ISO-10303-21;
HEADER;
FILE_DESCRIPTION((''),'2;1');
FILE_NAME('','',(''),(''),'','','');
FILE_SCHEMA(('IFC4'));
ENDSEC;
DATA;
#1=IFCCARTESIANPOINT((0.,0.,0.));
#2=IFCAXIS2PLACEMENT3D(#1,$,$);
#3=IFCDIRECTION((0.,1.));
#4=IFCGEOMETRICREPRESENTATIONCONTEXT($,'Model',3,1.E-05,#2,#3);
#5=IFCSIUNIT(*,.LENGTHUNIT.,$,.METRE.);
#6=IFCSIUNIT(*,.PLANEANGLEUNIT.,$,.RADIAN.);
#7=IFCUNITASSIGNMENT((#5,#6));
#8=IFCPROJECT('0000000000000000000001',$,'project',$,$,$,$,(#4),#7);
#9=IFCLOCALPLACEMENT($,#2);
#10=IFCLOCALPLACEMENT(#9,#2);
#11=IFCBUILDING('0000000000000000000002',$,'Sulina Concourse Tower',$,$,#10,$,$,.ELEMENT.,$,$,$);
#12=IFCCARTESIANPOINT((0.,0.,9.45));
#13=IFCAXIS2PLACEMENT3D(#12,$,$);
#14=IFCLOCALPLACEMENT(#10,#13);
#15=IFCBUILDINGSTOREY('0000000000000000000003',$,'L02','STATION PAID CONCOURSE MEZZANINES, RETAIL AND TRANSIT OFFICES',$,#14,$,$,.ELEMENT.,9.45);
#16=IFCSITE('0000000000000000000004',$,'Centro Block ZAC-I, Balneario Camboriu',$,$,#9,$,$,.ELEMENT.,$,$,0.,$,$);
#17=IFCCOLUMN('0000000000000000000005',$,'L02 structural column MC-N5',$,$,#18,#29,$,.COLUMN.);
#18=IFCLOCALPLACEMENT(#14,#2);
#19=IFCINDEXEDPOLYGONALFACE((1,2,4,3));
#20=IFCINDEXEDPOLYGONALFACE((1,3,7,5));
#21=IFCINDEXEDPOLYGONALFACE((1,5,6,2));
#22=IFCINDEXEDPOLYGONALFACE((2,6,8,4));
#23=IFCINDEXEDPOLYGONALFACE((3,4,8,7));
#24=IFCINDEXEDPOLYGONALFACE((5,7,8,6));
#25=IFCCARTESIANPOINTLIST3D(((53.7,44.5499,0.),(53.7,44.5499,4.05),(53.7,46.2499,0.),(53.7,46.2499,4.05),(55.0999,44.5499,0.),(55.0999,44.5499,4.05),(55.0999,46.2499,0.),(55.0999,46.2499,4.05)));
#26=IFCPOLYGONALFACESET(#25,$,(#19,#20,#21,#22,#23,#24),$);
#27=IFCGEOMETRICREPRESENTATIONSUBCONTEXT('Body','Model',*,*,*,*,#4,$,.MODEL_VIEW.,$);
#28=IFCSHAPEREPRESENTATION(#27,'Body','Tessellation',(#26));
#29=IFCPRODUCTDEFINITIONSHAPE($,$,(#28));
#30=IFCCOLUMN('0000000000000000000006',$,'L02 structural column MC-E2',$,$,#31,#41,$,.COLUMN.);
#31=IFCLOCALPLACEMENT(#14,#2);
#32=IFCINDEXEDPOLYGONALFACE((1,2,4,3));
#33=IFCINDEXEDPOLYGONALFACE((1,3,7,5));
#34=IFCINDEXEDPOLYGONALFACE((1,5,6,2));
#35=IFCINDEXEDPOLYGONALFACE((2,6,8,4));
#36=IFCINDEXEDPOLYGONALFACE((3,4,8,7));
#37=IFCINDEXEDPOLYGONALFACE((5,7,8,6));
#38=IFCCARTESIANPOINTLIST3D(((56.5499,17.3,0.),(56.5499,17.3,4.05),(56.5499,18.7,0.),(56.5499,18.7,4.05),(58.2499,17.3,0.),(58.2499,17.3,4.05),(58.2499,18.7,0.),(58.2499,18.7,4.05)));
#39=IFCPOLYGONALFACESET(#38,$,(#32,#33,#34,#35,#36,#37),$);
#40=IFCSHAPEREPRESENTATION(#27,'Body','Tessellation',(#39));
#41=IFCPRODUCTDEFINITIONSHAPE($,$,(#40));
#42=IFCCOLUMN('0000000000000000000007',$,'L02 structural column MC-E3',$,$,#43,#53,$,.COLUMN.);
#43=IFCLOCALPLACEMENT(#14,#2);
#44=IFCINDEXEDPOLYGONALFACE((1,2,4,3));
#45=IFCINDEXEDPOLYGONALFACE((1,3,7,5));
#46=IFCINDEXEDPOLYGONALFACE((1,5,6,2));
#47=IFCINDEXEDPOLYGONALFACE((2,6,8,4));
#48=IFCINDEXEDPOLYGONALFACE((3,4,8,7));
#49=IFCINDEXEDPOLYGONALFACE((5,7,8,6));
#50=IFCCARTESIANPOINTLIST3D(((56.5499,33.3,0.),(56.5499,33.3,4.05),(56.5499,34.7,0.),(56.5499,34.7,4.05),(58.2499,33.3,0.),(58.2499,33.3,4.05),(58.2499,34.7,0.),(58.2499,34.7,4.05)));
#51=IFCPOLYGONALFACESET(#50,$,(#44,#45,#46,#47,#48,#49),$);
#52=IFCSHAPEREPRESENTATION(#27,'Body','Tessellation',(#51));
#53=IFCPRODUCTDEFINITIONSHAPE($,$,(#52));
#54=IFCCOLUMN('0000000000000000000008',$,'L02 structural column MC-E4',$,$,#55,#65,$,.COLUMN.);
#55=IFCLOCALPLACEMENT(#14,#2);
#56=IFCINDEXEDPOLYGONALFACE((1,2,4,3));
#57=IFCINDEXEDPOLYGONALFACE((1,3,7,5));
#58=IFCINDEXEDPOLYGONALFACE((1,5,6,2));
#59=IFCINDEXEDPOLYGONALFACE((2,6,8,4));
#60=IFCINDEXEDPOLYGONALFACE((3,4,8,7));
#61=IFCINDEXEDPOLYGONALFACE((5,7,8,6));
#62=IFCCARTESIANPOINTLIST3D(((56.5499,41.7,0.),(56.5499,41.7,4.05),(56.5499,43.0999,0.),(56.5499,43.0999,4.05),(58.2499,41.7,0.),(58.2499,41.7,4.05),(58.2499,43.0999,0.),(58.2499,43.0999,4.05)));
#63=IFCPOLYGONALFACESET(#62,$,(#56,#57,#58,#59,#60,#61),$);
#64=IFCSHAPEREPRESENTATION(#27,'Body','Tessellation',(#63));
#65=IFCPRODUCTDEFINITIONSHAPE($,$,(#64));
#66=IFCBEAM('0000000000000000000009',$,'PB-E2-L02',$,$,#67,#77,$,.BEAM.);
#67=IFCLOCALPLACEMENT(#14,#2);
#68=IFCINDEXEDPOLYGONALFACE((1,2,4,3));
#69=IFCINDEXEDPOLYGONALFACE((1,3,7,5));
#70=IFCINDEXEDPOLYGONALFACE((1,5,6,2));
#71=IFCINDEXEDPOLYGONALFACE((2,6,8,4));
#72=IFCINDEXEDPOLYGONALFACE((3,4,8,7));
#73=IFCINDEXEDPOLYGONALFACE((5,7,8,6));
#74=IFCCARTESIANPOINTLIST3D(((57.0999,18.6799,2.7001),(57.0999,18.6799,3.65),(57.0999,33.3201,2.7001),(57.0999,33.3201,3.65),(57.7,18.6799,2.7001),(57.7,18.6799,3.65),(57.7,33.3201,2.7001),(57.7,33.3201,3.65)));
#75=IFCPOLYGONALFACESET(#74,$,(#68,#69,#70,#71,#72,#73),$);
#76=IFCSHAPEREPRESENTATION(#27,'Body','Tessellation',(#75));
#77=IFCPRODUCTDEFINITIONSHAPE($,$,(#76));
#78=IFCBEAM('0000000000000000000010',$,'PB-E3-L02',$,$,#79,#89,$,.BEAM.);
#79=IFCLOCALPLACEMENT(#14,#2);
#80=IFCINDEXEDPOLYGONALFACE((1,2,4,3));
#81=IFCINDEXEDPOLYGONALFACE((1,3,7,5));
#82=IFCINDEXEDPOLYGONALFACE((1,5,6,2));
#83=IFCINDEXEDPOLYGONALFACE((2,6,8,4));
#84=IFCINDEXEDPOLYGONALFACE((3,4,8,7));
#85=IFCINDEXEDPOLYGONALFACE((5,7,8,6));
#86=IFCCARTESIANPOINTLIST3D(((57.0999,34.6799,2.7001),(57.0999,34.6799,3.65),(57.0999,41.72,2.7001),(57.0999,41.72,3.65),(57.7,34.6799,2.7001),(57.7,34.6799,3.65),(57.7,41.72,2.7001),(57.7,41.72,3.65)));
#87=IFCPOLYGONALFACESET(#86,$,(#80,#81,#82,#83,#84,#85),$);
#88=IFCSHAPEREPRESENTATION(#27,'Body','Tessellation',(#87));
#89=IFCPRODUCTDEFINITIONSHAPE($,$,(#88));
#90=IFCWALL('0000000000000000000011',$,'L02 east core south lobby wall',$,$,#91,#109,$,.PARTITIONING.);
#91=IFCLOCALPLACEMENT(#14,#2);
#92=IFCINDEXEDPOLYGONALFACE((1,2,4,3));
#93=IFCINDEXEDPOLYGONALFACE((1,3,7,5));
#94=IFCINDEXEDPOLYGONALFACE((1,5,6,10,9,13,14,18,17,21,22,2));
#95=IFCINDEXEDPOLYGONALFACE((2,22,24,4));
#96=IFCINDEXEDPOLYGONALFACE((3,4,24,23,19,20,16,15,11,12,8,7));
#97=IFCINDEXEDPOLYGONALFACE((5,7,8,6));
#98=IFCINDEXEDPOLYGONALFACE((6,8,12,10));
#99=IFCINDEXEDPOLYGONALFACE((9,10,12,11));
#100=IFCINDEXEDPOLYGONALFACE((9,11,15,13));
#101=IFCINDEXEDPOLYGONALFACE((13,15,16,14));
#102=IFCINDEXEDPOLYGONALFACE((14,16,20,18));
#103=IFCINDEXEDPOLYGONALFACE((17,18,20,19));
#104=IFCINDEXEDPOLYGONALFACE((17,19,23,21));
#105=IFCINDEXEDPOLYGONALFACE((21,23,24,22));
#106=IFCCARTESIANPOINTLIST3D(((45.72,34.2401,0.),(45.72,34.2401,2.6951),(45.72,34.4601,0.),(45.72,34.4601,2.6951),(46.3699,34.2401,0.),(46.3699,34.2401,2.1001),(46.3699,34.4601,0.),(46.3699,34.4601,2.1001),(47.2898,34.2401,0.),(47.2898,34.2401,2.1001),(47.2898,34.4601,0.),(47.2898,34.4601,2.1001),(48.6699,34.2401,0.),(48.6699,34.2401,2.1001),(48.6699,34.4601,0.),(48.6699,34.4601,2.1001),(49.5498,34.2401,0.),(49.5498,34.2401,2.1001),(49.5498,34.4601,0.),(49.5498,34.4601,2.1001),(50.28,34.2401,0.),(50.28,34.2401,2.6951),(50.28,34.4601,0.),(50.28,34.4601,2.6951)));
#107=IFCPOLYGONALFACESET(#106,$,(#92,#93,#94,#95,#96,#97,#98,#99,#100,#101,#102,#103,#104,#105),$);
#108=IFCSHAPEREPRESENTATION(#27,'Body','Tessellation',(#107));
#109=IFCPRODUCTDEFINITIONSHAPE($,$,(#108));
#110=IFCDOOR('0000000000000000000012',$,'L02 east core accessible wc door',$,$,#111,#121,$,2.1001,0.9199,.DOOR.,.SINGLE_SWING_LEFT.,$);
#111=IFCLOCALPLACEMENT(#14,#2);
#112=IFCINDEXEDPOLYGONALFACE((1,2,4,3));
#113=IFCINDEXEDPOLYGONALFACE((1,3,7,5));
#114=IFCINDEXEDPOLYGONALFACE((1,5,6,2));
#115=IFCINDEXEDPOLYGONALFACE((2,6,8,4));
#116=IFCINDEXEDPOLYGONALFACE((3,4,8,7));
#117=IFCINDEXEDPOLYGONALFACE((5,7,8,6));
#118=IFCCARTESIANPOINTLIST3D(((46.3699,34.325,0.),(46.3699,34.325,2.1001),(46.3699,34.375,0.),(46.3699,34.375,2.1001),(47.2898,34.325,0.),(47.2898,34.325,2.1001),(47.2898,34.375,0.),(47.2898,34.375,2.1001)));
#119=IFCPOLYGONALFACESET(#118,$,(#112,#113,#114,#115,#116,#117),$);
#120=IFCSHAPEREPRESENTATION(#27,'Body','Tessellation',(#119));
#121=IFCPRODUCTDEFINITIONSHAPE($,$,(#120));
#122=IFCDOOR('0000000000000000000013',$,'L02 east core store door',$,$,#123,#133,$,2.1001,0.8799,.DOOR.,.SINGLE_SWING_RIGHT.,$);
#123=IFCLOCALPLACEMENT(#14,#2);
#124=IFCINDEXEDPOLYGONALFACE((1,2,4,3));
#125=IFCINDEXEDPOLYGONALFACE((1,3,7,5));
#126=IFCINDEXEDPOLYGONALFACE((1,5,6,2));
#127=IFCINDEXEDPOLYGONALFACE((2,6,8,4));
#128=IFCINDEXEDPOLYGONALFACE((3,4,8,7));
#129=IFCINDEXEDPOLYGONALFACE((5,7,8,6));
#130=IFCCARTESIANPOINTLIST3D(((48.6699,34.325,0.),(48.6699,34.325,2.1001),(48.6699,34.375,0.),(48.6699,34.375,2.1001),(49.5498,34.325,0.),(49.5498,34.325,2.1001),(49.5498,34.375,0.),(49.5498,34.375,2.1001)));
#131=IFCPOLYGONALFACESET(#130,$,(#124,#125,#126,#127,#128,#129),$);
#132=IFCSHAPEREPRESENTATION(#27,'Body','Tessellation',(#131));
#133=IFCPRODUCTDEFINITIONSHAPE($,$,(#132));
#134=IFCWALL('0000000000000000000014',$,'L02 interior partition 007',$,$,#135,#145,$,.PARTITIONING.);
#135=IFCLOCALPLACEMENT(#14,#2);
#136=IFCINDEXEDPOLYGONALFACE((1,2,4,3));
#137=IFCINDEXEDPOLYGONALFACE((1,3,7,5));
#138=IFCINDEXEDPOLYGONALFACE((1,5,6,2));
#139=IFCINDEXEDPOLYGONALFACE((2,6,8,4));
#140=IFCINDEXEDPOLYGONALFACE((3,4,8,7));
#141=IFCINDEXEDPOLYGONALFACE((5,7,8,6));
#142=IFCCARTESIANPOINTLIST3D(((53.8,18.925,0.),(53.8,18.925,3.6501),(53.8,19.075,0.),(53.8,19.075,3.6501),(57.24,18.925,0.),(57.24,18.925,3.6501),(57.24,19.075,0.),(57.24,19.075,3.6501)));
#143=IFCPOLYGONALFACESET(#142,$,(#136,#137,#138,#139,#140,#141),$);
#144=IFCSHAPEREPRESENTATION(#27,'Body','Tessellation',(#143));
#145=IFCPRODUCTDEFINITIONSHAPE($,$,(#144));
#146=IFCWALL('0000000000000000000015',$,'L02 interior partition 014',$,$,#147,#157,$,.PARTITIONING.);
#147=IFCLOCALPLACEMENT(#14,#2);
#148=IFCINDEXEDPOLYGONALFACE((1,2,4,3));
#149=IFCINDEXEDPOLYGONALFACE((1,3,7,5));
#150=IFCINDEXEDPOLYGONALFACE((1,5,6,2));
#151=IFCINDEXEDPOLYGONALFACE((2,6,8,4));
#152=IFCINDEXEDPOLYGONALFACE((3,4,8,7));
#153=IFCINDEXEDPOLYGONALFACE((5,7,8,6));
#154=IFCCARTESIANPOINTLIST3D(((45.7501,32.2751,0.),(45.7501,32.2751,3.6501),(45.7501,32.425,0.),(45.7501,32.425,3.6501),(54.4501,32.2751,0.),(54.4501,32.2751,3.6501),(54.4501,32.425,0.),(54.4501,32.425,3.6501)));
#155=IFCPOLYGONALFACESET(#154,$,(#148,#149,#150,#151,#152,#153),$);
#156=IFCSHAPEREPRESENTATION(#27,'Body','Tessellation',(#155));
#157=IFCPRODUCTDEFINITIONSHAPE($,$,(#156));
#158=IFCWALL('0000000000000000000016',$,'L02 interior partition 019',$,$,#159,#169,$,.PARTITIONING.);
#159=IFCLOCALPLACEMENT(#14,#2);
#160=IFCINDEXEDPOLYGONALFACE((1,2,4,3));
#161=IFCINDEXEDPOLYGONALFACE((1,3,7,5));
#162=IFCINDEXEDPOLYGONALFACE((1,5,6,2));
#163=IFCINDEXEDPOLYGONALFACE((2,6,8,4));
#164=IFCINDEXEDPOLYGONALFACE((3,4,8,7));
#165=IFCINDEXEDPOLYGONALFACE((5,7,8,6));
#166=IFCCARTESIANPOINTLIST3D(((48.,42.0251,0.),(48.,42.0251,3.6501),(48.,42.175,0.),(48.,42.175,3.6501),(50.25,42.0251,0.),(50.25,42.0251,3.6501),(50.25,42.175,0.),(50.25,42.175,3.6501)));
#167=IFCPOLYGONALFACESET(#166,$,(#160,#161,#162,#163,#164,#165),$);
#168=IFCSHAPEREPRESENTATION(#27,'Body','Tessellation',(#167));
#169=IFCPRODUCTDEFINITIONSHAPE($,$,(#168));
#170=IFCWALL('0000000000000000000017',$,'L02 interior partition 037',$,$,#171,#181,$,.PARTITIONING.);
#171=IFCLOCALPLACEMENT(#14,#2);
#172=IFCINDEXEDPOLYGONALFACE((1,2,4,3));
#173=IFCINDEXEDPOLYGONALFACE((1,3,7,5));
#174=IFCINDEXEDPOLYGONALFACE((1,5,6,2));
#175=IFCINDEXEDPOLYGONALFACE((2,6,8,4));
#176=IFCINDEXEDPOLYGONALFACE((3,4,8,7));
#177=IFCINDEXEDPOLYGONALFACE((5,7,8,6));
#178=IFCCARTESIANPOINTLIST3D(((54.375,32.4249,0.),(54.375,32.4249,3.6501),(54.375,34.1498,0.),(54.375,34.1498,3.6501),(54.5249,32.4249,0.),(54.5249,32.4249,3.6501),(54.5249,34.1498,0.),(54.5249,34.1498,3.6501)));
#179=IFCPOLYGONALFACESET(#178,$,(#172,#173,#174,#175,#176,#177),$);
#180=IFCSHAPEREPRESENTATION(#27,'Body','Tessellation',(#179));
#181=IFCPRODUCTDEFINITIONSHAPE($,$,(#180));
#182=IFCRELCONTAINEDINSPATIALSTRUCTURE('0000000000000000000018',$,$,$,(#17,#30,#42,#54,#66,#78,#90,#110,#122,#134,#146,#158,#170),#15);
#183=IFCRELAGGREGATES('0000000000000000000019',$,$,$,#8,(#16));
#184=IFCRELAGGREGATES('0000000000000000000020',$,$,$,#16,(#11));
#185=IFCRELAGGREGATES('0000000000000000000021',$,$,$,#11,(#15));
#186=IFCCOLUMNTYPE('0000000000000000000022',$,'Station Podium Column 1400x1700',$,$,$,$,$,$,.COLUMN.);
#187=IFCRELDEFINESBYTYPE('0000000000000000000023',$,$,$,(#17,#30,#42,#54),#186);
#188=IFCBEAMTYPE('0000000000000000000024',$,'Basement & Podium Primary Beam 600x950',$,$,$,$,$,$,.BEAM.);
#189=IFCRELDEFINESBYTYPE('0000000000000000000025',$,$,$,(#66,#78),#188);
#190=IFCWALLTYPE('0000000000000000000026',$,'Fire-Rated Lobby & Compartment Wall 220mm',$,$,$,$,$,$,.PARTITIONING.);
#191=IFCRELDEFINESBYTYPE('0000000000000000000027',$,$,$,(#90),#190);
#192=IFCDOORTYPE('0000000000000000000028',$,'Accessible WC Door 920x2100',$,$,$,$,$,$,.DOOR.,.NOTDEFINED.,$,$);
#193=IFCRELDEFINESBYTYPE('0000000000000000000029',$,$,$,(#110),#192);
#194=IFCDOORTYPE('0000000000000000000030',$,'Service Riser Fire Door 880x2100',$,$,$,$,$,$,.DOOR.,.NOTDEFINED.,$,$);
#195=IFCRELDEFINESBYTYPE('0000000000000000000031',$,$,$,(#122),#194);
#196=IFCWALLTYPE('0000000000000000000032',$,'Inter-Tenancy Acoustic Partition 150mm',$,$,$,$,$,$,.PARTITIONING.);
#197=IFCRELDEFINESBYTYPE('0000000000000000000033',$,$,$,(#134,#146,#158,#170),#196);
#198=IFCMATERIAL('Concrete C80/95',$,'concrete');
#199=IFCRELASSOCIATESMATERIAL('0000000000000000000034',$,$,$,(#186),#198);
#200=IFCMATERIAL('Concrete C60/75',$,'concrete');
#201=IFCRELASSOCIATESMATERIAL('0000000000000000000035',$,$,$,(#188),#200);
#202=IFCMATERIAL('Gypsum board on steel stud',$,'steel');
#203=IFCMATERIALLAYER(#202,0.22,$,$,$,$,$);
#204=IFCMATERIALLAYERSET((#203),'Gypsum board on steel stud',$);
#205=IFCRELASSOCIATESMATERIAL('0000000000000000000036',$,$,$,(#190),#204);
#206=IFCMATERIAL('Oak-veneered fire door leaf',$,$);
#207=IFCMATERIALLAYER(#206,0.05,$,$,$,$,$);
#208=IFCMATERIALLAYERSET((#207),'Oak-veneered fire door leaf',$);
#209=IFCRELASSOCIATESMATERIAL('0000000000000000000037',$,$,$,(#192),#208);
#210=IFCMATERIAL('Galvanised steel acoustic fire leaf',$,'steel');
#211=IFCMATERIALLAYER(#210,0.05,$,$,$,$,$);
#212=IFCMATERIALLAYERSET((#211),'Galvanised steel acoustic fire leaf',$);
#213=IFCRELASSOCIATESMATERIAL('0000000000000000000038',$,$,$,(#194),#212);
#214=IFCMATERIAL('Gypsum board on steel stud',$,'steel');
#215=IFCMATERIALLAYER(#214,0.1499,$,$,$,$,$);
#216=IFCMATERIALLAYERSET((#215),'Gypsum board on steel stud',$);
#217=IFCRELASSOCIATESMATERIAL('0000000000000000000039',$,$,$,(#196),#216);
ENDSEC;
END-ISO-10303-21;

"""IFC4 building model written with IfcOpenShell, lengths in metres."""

from ifc_helpers import new_model, si_unit, direction, frame, frame_2d, origin, origin_2d, place, context, subcontext, project, spatial, rectangle, extrude, material, layer, layer_set, material_profile, profile_set, type_object, element, fill, save


model = new_model("IFC4")

# Units and contexts
model_context = context("Model", 3, precision=1e-05, world=origin(), true_north=direction((0.0, 1.0)))
body_context = subcontext(model_context, "Body", "Model", "MODEL_VIEW")
ifc_project = project(units=[si_unit("LENGTHUNIT", "METRE"), si_unit("PLANEANGLEUNIT", "RADIAN")], contexts=[model_context])

# Site, building, storey
site_placement = place(None, origin())
site = spatial("IfcSite", under=ifc_project, at=site_placement, Name="Centro Block ZAC-I, Balneario Camboriu", CompositionType="ELEMENT", RefElevation=0.0)
building_placement = place(site_placement, origin())
building = spatial("IfcBuilding", under=site, at=building_placement, Name="Sulina Concourse Tower", CompositionType="ELEMENT")
storey_placement = place(building_placement, frame((0.0, 0.0, 9.45)))
storey = spatial("IfcBuildingStorey", under=building, at=storey_placement, Name="L02", Description="STATION PAID CONCOURSE MEZZANINES, RETAIL AND TRANSIT OFFICES", CompositionType="ELEMENT", Elevation=9.45)

# Columns
ifc_material_1 = material(Name="Concrete C80/95", Category="concrete")
ifc_material_profile_1 = material_profile(ifc_material_1, rectangle(XDim=1.3999, YDim=1.7, at=origin_2d()), Name="RC 1400x1700")
ifc_profile_set_1 = profile_set([ifc_material_profile_1], Name="Concrete C80/95")
column_type = type_object("IfcColumnType", Name="Station Podium Column 1400x1700", PredefinedType="COLUMN", material=ifc_profile_set_1)
for number, where, z_axis, x_axis, name in (
    (1, (54.3999, 45.3999, 0.0), (0.0, 0.0, 1.0), (1.0, 0.0, 0.0), "L02 structural column MC-N5"),
    (2, (57.3999, 18.0, 0.0), (0.0, 0.0, 1.0), (0.0, 1.0, 0.0), "L02 structural column MC-E2"),
    (3, (57.3999, 34.0, 0.0), (0.0, 0.0, 1.0), (0.0, 1.0, 0.0), "L02 structural column MC-E3"),
    (4, (57.3999, 42.3999, 0.0), (0.0, 0.0, 1.0), (0.0, 1.0, 0.0), "L02 structural column MC-E4"),
):
    element("IfcColumn", number, at=place(storey_placement, frame(where, z_axis=z_axis, x_axis=x_axis)), inside=storey, type_object=column_type, Name=name, PredefinedType="COLUMN", context=body_context, shape_type="SweptSolid", body=[
        extrude(rectangle(XDim=1.3999, YDim=1.7, at=origin_2d()), origin(), (0.0, 0.0, 1.0), 4.05),
    ])

# Beams
ifc_material_2 = material(Name="Concrete C60/75", Category="concrete")
ifc_material_profile_2 = material_profile(ifc_material_2, rectangle(XDim=0.6001, YDim=0.95, at=origin_2d()), Name="RC 600x950")
ifc_profile_set_2 = profile_set([ifc_material_profile_2], Name="Concrete C60/75")
beam_type = type_object("IfcBeamType", Name="Basement & Podium Primary Beam 600x950", PredefinedType="BEAM", material=ifc_profile_set_2)
beam_1_placement = place(storey_placement, frame((57.3999, 18.6799, 3.175), z_axis=(0.0, 1.0, 0.0), x_axis=(-1.0, 0.0, 0.0)))
element("IfcBeam", 5, at=beam_1_placement, inside=storey, type_object=beam_type, Name="PB-E2-L02", PredefinedType="BEAM", context=body_context, shape_type="SweptSolid", body=[
    extrude(rectangle(XDim=0.6001, YDim=0.95, at=origin_2d()), origin(), (0.0, 0.0, 1.0), 14.6401),
])
beam_2_placement = place(storey_placement, frame((57.3999, 34.6799, 3.175), z_axis=(0.0, 1.0, 0.0), x_axis=(-1.0, 0.0, 0.0)))
element("IfcBeam", 6, at=beam_2_placement, inside=storey, type_object=beam_type, Name="PB-E3-L02", PredefinedType="BEAM", context=body_context, shape_type="SweptSolid", body=[
    extrude(rectangle(XDim=0.6001, YDim=0.95, at=origin_2d()), origin(), (0.0, 0.0, 1.0), 7.04),
])

# Wall, openings, doors
ifc_material_3 = material(Name="Gypsum board on steel stud", Category="steel")
ifc_layer_1 = layer(ifc_material_3, 0.22)
ifc_layer_set_1 = layer_set([ifc_layer_1], Name="Gypsum board on steel stud")
wall_type_1 = type_object("IfcWallType", Name="Fire-Rated Lobby & Compartment Wall 220mm", PredefinedType="PARTITIONING", material=ifc_layer_set_1)
wall_1_placement = place(storey_placement, frame((45.72, 34.3501, 0.0), z_axis=(0.0, 0.0, 1.0), x_axis=(1.0, 0.0, 0.0)))
wall_1 = element("IfcWall", 7, at=wall_1_placement, inside=storey, type_object=wall_type_1, Name="L02 east core south lobby wall", PredefinedType="PARTITIONING", context=body_context, shape_type="SweptSolid", body=[
    extrude(rectangle(XDim=4.5601, YDim=0.22, at=frame_2d((2.28, 0.0))), origin(), (0.0, 0.0, 1.0), 2.6951),
])
opening_1_placement = place(wall_1_placement, frame((0.6499, 0.0, 0.0)))
opening_1 = element("IfcOpeningElement", 8, at=opening_1_placement, cuts=wall_1, PredefinedType="OPENING", context=body_context, shape_type="SweptSolid", body=[
    extrude(rectangle(XDim=0.9199, YDim=2.1001, at=frame_2d((0.46, 1.05))), frame((0.0, 0.1199, 0.0), z_axis=(0.0, -1.0, 0.0), x_axis=(1.0, 0.0, 0.0)), (0.0, 0.0, 1.0), 0.24),
])
opening_2_placement = place(wall_1_placement, frame((2.95, 0.0, 0.0)))
opening_2 = element("IfcOpeningElement", 9, at=opening_2_placement, cuts=wall_1, PredefinedType="OPENING", context=body_context, shape_type="SweptSolid", body=[
    extrude(rectangle(XDim=0.8799, YDim=2.1001, at=frame_2d((0.4399, 1.05))), frame((0.0, 0.1199, 0.0), z_axis=(0.0, -1.0, 0.0), x_axis=(1.0, 0.0, 0.0)), (0.0, 0.0, 1.0), 0.24),
])
ifc_material_4 = material(Name="Oak-veneered fire door leaf")
ifc_layer_2 = layer(ifc_material_4, 0.05)
ifc_layer_set_2 = layer_set([ifc_layer_2], Name="Oak-veneered fire door leaf")
door_type_1 = type_object("IfcDoorType", Name="Accessible WC Door 920x2100", OperationType="NOTDEFINED", PredefinedType="DOOR", material=ifc_layer_set_2)
door_1_placement = place(opening_1_placement, origin())
door_1 = element("IfcDoor", 10, at=door_1_placement, inside=storey, type_object=door_type_1, Name="L02 east core accessible wc door", OperationType="SINGLE_SWING_LEFT", OverallHeight=2.1001, OverallWidth=0.9199, PredefinedType="DOOR", context=body_context, shape_type="SweptSolid", body=[
    extrude(rectangle(XDim=0.9199, YDim=2.1001, at=frame_2d((0.46, 1.05))), frame((0.0, 0.0249, 0.0), z_axis=(0.0, -1.0, 0.0), x_axis=(1.0, 0.0, 0.0)), (0.0, 0.0, 1.0), 0.05),
])
fill(opening_1, door_1)
ifc_material_5 = material(Name="Galvanised steel acoustic fire leaf", Category="steel")
ifc_layer_3 = layer(ifc_material_5, 0.05)
ifc_layer_set_3 = layer_set([ifc_layer_3], Name="Galvanised steel acoustic fire leaf")
door_type_2 = type_object("IfcDoorType", Name="Service Riser Fire Door 880x2100", OperationType="NOTDEFINED", PredefinedType="DOOR", material=ifc_layer_set_3)
door_2_placement = place(opening_2_placement, origin())
door_2 = element("IfcDoor", 11, at=door_2_placement, inside=storey, type_object=door_type_2, Name="L02 east core store door", OperationType="SINGLE_SWING_RIGHT", OverallHeight=2.1001, OverallWidth=0.8799, PredefinedType="DOOR", context=body_context, shape_type="SweptSolid", body=[
    extrude(rectangle(XDim=0.8799, YDim=2.1001, at=frame_2d((0.4399, 1.05))), frame((0.0, 0.0249, 0.0), z_axis=(0.0, -1.0, 0.0), x_axis=(1.0, 0.0, 0.0)), (0.0, 0.0, 1.0), 0.05),
])
fill(opening_2, door_2)

# Walls
ifc_material_6 = material(Name="Gypsum board on steel stud", Category="steel")
ifc_layer_4 = layer(ifc_material_6, 0.1499)
ifc_layer_set_4 = layer_set([ifc_layer_4], Name="Gypsum board on steel stud")
wall_type_2 = type_object("IfcWallType", Name="Inter-Tenancy Acoustic Partition 150mm", PredefinedType="PARTITIONING", material=ifc_layer_set_4)
wall_2_placement = place(storey_placement, frame((53.8, 19.0, 0.0), z_axis=(0.0, 0.0, 1.0), x_axis=(1.0, 0.0, 0.0)))
element("IfcWall", 12, at=wall_2_placement, inside=storey, type_object=wall_type_2, Name="L02 interior partition 007", PredefinedType="PARTITIONING", context=body_context, shape_type="SweptSolid", body=[
    extrude(rectangle(XDim=3.4399, YDim=0.1499, at=frame_2d((1.72, 0.0))), origin(), (0.0, 0.0, 1.0), 3.6501),
])
wall_3_placement = place(storey_placement, frame((45.75, 32.3501, 0.0), z_axis=(0.0, 0.0, 1.0), x_axis=(1.0, 0.0, 0.0)))
element("IfcWall", 13, at=wall_3_placement, inside=storey, type_object=wall_type_2, Name="L02 interior partition 014", PredefinedType="PARTITIONING", context=body_context, shape_type="SweptSolid", body=[
    extrude(rectangle(XDim=8.7, YDim=0.1499, at=frame_2d((4.3501, 0.0))), origin(), (0.0, 0.0, 1.0), 3.6501),
])
wall_4_placement = place(storey_placement, frame((48.0, 42.1001, 0.0), z_axis=(0.0, 0.0, 1.0), x_axis=(1.0, 0.0, 0.0)))
element("IfcWall", 14, at=wall_4_placement, inside=storey, type_object=wall_type_2, Name="L02 interior partition 019", PredefinedType="PARTITIONING", context=body_context, shape_type="SweptSolid", body=[
    extrude(rectangle(XDim=2.25, YDim=0.1499, at=frame_2d((1.125, 0.0))), origin(), (0.0, 0.0, 1.0), 3.6501),
])
wall_5_placement = place(storey_placement, frame((54.45, 32.425, 0.0), z_axis=(0.0, 0.0, 1.0), x_axis=(0.0, 1.0, 0.0)))
element("IfcWall", 15, at=wall_5_placement, inside=storey, type_object=wall_type_2, Name="L02 interior partition 037", PredefinedType="PARTITIONING", context=body_context, shape_type="SweptSolid", body=[
    extrude(rectangle(XDim=1.7249, YDim=0.1499, at=frame_2d((0.8623, 0.0))), origin(), (0.0, 0.0, 1.0), 3.6501),
])

save(model, "model.ifc")
